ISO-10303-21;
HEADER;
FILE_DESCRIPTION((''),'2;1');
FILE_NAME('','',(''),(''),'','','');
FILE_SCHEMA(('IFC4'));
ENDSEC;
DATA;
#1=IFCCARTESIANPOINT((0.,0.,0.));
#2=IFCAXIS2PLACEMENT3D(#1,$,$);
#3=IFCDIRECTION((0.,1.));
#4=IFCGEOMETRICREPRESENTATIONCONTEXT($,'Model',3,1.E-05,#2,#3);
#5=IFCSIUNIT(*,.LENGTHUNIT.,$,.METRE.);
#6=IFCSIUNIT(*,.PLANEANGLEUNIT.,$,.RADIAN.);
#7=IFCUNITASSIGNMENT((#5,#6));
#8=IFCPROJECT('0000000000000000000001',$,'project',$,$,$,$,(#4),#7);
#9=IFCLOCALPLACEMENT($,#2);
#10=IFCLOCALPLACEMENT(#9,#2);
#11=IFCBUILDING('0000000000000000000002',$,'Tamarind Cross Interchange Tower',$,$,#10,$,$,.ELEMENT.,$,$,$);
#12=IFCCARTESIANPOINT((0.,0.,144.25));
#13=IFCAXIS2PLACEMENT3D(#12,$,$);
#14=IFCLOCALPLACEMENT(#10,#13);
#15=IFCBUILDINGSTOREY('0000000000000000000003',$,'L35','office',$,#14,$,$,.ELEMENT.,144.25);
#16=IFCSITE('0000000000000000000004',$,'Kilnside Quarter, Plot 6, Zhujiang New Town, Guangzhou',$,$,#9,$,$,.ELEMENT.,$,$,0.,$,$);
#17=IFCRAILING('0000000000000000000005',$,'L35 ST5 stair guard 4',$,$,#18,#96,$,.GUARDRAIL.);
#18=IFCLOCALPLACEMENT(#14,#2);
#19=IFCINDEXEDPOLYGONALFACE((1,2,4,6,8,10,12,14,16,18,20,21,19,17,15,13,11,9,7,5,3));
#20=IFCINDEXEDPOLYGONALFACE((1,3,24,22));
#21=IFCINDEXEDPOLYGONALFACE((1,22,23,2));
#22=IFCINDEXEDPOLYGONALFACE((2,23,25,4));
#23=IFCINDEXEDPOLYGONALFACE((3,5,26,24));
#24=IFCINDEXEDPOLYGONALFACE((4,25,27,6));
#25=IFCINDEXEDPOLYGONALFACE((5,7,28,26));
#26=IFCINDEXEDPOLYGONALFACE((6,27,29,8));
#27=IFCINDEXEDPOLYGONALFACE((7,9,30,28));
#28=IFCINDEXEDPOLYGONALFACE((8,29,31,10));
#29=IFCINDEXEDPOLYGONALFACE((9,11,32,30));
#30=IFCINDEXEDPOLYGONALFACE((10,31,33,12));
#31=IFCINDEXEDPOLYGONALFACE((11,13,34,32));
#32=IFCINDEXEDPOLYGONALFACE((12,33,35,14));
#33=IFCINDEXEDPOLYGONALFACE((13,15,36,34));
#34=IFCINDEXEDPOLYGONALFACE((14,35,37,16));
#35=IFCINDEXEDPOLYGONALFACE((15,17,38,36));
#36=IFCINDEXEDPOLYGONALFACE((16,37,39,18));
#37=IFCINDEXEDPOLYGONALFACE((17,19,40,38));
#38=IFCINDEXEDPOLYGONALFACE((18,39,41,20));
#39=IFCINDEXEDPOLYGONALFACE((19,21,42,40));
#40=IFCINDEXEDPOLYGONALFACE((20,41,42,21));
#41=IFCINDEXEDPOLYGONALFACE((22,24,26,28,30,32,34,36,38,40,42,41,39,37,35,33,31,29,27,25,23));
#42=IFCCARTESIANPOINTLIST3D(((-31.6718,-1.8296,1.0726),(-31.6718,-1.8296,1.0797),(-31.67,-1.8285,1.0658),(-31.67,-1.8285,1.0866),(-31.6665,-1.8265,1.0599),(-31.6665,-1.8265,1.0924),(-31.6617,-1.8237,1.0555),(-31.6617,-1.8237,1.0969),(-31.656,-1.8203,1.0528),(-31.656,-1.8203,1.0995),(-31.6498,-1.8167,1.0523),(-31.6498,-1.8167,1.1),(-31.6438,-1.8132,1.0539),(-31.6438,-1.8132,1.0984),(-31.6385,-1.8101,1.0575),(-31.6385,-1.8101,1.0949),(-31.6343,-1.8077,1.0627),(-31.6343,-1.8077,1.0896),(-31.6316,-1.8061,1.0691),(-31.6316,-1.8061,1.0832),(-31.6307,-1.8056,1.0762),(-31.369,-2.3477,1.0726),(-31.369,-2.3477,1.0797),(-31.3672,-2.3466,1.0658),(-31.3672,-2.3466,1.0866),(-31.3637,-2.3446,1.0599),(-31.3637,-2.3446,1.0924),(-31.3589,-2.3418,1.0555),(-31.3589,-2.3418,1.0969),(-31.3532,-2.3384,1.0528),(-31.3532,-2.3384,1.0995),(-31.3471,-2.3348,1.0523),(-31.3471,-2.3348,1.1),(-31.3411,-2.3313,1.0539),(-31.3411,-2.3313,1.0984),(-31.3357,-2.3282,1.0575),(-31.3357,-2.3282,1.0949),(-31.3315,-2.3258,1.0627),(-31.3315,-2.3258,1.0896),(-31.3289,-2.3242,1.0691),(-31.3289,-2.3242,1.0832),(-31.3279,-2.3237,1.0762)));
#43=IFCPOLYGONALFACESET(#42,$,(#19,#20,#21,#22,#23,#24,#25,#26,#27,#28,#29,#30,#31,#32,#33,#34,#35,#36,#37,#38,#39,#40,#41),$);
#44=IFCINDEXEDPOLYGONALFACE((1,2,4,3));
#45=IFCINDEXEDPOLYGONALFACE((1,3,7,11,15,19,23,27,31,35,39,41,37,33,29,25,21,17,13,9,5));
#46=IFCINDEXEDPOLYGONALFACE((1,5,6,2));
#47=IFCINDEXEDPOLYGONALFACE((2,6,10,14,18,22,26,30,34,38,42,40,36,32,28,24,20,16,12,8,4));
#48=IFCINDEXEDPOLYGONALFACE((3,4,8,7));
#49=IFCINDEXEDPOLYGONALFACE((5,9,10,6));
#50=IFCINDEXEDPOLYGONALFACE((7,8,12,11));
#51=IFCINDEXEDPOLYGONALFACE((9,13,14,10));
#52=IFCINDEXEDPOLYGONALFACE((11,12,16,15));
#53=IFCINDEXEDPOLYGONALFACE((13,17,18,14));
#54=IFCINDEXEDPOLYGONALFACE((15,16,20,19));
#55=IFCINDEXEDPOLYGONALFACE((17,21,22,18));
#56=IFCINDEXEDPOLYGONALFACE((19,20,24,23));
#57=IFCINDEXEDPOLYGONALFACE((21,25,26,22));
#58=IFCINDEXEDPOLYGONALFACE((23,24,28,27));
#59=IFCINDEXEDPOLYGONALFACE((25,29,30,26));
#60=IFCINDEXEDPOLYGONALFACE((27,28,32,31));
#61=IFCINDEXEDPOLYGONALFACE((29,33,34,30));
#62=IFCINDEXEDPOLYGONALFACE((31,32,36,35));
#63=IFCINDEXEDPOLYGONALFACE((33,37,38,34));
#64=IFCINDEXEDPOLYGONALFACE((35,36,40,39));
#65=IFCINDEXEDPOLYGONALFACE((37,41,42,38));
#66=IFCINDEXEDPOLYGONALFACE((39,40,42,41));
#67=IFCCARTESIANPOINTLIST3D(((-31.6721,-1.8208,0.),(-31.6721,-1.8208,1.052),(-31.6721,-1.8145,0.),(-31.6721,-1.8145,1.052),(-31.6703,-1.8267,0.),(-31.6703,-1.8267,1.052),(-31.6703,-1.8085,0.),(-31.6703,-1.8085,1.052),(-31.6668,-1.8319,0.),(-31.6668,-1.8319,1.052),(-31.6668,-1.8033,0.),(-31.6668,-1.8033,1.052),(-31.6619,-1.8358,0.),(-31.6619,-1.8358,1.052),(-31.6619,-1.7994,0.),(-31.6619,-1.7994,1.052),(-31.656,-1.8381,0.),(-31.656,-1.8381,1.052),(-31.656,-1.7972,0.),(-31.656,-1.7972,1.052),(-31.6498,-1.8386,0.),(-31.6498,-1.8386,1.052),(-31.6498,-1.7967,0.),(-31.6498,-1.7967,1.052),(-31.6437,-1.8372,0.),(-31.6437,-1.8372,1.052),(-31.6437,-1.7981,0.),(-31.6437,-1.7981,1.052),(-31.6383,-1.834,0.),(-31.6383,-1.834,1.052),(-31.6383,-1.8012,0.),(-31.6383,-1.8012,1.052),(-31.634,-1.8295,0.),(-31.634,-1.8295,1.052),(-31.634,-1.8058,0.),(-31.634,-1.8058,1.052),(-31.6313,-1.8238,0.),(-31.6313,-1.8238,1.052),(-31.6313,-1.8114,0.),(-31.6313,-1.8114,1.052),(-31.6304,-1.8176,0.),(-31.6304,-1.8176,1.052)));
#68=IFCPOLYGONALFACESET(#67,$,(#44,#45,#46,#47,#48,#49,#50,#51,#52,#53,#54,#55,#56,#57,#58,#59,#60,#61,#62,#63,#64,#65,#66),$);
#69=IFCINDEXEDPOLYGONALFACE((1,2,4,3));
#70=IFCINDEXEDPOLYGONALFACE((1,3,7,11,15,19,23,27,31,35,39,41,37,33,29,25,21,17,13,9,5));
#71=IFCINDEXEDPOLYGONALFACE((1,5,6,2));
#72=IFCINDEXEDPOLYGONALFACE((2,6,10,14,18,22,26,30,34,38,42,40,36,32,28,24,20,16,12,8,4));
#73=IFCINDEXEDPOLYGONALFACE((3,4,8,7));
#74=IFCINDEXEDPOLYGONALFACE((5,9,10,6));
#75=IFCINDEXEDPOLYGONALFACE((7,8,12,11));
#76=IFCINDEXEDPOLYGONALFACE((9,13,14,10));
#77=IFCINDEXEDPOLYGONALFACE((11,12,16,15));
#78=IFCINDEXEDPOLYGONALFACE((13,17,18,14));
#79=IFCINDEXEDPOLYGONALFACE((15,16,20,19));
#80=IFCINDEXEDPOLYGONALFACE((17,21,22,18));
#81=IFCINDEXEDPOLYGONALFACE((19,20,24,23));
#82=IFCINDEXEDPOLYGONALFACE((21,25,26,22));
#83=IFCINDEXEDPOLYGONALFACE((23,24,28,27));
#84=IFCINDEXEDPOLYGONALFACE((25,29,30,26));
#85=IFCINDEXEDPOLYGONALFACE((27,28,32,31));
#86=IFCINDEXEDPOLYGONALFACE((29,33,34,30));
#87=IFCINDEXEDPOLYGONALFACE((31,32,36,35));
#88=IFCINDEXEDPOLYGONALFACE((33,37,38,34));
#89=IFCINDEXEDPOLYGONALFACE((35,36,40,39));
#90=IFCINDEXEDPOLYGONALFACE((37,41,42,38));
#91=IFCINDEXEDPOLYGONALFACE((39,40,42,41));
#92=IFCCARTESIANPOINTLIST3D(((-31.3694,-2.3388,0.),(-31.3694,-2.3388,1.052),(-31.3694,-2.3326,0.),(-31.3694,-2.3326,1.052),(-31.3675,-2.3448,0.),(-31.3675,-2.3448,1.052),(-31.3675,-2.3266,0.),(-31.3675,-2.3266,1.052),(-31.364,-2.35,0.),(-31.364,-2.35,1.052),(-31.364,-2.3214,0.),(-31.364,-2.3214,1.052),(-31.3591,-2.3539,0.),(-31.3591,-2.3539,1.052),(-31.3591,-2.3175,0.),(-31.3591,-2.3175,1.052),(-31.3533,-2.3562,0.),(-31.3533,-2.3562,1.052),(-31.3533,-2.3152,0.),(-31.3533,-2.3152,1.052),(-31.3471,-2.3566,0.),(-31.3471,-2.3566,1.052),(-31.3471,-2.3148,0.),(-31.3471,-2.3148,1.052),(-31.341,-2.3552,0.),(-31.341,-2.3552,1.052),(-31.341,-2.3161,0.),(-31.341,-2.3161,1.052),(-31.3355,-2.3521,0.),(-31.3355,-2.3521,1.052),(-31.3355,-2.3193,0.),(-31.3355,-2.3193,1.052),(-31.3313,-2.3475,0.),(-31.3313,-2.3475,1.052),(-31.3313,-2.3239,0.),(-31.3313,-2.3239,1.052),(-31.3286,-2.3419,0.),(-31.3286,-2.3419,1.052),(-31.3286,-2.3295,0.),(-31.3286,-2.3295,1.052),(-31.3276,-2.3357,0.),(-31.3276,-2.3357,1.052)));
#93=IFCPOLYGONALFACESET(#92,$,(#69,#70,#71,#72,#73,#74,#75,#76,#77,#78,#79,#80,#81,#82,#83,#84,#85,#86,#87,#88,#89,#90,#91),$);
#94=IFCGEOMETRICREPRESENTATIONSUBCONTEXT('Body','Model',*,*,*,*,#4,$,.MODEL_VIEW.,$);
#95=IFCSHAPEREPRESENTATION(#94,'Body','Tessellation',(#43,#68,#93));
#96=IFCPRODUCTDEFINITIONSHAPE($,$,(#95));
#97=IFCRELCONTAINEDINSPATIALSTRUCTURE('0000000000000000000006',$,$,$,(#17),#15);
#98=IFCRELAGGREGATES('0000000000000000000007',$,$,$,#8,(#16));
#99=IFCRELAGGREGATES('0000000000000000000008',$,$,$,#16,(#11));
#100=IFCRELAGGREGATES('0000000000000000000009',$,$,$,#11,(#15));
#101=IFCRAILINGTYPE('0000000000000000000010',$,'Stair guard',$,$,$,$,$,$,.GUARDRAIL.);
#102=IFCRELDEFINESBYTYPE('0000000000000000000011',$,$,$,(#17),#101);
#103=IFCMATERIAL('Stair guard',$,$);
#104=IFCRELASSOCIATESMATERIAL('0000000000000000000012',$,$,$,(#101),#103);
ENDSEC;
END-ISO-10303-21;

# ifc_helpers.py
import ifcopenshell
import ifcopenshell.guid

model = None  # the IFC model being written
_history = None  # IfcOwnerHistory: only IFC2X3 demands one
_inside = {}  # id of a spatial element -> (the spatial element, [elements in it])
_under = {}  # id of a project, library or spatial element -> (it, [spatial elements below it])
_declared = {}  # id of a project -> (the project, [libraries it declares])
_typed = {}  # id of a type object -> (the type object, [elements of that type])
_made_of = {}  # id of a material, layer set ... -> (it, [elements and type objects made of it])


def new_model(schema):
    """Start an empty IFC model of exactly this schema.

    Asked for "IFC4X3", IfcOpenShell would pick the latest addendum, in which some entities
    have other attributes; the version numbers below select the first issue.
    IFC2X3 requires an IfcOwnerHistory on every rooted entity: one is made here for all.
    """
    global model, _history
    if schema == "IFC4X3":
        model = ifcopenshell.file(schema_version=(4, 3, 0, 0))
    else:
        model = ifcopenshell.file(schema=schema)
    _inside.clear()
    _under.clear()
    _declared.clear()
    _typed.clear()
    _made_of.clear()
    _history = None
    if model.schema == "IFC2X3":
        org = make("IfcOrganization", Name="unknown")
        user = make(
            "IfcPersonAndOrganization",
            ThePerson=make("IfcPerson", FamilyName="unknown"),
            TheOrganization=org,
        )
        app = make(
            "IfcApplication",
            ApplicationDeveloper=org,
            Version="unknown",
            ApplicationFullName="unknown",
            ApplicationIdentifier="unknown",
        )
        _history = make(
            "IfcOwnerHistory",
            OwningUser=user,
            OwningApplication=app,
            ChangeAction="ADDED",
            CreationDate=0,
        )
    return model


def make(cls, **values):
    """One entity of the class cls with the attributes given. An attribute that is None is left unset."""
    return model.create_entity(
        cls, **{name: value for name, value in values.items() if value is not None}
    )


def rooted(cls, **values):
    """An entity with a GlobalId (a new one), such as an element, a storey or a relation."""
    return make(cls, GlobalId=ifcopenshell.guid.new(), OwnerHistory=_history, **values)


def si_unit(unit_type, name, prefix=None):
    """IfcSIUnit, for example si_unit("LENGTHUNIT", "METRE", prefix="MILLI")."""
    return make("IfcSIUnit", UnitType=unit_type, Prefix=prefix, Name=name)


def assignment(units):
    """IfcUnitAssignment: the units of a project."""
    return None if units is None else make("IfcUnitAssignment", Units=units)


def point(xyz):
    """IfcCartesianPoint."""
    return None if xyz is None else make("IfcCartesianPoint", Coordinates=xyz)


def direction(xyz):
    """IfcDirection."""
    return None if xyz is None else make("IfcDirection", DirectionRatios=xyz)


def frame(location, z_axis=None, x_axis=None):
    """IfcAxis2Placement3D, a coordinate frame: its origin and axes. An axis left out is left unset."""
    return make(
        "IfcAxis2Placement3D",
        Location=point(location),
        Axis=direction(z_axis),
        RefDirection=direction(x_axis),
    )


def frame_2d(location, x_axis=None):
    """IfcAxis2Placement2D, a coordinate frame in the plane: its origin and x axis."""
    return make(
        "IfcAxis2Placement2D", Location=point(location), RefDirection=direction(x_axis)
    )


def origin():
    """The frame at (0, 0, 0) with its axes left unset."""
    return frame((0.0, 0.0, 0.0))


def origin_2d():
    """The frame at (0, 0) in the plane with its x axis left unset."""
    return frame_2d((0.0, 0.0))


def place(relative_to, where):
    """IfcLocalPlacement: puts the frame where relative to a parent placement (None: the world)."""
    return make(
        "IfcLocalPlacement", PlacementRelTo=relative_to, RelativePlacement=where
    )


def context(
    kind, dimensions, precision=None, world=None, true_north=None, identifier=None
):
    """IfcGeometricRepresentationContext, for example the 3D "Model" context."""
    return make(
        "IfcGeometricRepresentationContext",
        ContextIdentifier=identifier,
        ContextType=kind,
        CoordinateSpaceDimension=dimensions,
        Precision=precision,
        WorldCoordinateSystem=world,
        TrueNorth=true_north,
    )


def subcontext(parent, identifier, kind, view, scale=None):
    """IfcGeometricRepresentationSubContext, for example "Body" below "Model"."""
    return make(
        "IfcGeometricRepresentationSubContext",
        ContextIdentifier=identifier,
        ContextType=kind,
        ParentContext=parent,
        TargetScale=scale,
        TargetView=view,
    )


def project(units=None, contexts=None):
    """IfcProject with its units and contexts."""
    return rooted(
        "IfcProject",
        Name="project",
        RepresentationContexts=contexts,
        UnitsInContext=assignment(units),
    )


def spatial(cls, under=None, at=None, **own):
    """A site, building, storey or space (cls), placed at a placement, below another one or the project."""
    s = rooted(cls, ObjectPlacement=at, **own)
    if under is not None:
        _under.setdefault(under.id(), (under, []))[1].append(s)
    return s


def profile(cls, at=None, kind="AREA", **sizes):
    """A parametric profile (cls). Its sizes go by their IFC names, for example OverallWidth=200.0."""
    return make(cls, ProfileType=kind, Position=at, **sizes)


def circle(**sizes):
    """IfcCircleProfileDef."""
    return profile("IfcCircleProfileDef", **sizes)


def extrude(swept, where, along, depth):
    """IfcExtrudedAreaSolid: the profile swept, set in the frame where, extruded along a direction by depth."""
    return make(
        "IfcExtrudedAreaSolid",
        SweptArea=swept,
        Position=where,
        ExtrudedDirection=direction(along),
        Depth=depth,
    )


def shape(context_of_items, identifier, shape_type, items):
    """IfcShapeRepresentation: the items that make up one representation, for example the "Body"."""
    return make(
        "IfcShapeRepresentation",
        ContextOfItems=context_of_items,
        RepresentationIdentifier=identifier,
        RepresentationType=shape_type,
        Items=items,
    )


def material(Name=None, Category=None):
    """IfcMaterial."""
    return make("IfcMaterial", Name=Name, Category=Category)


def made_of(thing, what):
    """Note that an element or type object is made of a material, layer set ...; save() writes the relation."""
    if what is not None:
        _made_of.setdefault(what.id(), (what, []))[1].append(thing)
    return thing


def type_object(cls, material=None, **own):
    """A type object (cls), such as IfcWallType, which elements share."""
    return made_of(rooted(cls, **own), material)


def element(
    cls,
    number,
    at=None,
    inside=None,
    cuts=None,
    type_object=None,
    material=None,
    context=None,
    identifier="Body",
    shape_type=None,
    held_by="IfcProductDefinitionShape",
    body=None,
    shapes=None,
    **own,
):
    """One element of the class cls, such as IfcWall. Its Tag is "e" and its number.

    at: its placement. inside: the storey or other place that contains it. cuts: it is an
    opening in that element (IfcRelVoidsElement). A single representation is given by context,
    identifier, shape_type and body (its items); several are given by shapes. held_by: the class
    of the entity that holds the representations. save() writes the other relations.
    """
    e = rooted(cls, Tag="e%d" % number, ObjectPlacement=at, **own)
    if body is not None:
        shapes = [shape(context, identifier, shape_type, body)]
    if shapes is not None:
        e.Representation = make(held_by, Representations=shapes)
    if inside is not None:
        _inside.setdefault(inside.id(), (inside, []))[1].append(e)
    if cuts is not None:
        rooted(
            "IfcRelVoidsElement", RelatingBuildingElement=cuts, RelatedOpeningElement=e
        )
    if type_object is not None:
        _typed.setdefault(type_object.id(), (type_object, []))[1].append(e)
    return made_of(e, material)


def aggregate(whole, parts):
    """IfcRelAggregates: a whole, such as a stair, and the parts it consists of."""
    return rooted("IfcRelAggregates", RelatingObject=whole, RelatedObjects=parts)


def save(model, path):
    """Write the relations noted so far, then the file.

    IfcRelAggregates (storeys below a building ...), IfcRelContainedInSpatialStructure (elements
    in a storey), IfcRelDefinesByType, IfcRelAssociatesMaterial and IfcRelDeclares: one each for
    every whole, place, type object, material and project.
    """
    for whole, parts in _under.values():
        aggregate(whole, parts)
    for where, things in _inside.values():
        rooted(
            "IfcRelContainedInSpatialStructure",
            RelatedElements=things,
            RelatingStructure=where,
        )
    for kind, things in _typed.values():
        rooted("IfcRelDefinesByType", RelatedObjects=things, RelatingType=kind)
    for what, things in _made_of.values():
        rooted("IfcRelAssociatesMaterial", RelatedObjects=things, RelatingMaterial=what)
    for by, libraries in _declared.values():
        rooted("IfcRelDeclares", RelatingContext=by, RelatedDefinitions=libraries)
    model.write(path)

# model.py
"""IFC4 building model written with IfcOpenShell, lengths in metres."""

from ifc_helpers import new_model, si_unit, direction, frame, origin, origin_2d, place, context, subcontext, project, spatial, circle, extrude, material, type_object, element, save


model = new_model("IFC4")

# Units and contexts
model_context = context("Model", 3, precision=1e-05, world=origin(), true_north=direction((0.0, 1.0)))
body_context = subcontext(model_context, "Body", "Model", "MODEL_VIEW")
ifc_project = project(units=[si_unit("LENGTHUNIT", "METRE"), si_unit("PLANEANGLEUNIT", "RADIAN")], contexts=[model_context])

# Site, building, storey
site_placement = place(None, origin())
site = spatial("IfcSite", under=ifc_project, at=site_placement, Name="Kilnside Quarter, Plot 6, Zhujiang New Town, Guangzhou", CompositionType="ELEMENT", RefElevation=0.0)
building_placement = place(site_placement, origin())
building = spatial("IfcBuilding", under=site, at=building_placement, Name="Tamarind Cross Interchange Tower", CompositionType="ELEMENT")
storey_placement = place(building_placement, frame((0.0, 0.0, 144.25)))
storey = spatial("IfcBuildingStorey", under=building, at=storey_placement, Name="L35", Description="office", CompositionType="ELEMENT", Elevation=144.25)

# Railing
ifc_material_1 = material(Name="Stair guard")
railing_type_1 = type_object("IfcRailingType", Name="Stair guard", PredefinedType="GUARDRAIL", material=ifc_material_1)
railing_1_placement = place(storey_placement, frame((-31.6514, -1.8176, 0.0)))
element("IfcRailing", 1, at=railing_1_placement, inside=storey, type_object=railing_type_1, Name="L35 ST5 stair guard 4", PredefinedType="GUARDRAIL", context=body_context, shape_type="SweptSolid", body=[
    extrude(circle(Radius=0.0239, at=origin_2d()), frame((0.0, 0.0, 1.0762), z_axis=(0.504529, -0.863395, 0.0), x_axis=(0.863395, 0.504529, 0.0)), (0.0, 0.0, 1.0), 0.6001),
    extrude(circle(Radius=0.021, at=origin_2d()), origin(), (0.0, 0.0, 1.0), 1.052),
    extrude(circle(Radius=0.021, at=origin_2d()), frame((0.3027, -0.5181, 0.0)), (0.0, 0.0, 1.0), 1.052),
])

save(model, "model.ifc")
